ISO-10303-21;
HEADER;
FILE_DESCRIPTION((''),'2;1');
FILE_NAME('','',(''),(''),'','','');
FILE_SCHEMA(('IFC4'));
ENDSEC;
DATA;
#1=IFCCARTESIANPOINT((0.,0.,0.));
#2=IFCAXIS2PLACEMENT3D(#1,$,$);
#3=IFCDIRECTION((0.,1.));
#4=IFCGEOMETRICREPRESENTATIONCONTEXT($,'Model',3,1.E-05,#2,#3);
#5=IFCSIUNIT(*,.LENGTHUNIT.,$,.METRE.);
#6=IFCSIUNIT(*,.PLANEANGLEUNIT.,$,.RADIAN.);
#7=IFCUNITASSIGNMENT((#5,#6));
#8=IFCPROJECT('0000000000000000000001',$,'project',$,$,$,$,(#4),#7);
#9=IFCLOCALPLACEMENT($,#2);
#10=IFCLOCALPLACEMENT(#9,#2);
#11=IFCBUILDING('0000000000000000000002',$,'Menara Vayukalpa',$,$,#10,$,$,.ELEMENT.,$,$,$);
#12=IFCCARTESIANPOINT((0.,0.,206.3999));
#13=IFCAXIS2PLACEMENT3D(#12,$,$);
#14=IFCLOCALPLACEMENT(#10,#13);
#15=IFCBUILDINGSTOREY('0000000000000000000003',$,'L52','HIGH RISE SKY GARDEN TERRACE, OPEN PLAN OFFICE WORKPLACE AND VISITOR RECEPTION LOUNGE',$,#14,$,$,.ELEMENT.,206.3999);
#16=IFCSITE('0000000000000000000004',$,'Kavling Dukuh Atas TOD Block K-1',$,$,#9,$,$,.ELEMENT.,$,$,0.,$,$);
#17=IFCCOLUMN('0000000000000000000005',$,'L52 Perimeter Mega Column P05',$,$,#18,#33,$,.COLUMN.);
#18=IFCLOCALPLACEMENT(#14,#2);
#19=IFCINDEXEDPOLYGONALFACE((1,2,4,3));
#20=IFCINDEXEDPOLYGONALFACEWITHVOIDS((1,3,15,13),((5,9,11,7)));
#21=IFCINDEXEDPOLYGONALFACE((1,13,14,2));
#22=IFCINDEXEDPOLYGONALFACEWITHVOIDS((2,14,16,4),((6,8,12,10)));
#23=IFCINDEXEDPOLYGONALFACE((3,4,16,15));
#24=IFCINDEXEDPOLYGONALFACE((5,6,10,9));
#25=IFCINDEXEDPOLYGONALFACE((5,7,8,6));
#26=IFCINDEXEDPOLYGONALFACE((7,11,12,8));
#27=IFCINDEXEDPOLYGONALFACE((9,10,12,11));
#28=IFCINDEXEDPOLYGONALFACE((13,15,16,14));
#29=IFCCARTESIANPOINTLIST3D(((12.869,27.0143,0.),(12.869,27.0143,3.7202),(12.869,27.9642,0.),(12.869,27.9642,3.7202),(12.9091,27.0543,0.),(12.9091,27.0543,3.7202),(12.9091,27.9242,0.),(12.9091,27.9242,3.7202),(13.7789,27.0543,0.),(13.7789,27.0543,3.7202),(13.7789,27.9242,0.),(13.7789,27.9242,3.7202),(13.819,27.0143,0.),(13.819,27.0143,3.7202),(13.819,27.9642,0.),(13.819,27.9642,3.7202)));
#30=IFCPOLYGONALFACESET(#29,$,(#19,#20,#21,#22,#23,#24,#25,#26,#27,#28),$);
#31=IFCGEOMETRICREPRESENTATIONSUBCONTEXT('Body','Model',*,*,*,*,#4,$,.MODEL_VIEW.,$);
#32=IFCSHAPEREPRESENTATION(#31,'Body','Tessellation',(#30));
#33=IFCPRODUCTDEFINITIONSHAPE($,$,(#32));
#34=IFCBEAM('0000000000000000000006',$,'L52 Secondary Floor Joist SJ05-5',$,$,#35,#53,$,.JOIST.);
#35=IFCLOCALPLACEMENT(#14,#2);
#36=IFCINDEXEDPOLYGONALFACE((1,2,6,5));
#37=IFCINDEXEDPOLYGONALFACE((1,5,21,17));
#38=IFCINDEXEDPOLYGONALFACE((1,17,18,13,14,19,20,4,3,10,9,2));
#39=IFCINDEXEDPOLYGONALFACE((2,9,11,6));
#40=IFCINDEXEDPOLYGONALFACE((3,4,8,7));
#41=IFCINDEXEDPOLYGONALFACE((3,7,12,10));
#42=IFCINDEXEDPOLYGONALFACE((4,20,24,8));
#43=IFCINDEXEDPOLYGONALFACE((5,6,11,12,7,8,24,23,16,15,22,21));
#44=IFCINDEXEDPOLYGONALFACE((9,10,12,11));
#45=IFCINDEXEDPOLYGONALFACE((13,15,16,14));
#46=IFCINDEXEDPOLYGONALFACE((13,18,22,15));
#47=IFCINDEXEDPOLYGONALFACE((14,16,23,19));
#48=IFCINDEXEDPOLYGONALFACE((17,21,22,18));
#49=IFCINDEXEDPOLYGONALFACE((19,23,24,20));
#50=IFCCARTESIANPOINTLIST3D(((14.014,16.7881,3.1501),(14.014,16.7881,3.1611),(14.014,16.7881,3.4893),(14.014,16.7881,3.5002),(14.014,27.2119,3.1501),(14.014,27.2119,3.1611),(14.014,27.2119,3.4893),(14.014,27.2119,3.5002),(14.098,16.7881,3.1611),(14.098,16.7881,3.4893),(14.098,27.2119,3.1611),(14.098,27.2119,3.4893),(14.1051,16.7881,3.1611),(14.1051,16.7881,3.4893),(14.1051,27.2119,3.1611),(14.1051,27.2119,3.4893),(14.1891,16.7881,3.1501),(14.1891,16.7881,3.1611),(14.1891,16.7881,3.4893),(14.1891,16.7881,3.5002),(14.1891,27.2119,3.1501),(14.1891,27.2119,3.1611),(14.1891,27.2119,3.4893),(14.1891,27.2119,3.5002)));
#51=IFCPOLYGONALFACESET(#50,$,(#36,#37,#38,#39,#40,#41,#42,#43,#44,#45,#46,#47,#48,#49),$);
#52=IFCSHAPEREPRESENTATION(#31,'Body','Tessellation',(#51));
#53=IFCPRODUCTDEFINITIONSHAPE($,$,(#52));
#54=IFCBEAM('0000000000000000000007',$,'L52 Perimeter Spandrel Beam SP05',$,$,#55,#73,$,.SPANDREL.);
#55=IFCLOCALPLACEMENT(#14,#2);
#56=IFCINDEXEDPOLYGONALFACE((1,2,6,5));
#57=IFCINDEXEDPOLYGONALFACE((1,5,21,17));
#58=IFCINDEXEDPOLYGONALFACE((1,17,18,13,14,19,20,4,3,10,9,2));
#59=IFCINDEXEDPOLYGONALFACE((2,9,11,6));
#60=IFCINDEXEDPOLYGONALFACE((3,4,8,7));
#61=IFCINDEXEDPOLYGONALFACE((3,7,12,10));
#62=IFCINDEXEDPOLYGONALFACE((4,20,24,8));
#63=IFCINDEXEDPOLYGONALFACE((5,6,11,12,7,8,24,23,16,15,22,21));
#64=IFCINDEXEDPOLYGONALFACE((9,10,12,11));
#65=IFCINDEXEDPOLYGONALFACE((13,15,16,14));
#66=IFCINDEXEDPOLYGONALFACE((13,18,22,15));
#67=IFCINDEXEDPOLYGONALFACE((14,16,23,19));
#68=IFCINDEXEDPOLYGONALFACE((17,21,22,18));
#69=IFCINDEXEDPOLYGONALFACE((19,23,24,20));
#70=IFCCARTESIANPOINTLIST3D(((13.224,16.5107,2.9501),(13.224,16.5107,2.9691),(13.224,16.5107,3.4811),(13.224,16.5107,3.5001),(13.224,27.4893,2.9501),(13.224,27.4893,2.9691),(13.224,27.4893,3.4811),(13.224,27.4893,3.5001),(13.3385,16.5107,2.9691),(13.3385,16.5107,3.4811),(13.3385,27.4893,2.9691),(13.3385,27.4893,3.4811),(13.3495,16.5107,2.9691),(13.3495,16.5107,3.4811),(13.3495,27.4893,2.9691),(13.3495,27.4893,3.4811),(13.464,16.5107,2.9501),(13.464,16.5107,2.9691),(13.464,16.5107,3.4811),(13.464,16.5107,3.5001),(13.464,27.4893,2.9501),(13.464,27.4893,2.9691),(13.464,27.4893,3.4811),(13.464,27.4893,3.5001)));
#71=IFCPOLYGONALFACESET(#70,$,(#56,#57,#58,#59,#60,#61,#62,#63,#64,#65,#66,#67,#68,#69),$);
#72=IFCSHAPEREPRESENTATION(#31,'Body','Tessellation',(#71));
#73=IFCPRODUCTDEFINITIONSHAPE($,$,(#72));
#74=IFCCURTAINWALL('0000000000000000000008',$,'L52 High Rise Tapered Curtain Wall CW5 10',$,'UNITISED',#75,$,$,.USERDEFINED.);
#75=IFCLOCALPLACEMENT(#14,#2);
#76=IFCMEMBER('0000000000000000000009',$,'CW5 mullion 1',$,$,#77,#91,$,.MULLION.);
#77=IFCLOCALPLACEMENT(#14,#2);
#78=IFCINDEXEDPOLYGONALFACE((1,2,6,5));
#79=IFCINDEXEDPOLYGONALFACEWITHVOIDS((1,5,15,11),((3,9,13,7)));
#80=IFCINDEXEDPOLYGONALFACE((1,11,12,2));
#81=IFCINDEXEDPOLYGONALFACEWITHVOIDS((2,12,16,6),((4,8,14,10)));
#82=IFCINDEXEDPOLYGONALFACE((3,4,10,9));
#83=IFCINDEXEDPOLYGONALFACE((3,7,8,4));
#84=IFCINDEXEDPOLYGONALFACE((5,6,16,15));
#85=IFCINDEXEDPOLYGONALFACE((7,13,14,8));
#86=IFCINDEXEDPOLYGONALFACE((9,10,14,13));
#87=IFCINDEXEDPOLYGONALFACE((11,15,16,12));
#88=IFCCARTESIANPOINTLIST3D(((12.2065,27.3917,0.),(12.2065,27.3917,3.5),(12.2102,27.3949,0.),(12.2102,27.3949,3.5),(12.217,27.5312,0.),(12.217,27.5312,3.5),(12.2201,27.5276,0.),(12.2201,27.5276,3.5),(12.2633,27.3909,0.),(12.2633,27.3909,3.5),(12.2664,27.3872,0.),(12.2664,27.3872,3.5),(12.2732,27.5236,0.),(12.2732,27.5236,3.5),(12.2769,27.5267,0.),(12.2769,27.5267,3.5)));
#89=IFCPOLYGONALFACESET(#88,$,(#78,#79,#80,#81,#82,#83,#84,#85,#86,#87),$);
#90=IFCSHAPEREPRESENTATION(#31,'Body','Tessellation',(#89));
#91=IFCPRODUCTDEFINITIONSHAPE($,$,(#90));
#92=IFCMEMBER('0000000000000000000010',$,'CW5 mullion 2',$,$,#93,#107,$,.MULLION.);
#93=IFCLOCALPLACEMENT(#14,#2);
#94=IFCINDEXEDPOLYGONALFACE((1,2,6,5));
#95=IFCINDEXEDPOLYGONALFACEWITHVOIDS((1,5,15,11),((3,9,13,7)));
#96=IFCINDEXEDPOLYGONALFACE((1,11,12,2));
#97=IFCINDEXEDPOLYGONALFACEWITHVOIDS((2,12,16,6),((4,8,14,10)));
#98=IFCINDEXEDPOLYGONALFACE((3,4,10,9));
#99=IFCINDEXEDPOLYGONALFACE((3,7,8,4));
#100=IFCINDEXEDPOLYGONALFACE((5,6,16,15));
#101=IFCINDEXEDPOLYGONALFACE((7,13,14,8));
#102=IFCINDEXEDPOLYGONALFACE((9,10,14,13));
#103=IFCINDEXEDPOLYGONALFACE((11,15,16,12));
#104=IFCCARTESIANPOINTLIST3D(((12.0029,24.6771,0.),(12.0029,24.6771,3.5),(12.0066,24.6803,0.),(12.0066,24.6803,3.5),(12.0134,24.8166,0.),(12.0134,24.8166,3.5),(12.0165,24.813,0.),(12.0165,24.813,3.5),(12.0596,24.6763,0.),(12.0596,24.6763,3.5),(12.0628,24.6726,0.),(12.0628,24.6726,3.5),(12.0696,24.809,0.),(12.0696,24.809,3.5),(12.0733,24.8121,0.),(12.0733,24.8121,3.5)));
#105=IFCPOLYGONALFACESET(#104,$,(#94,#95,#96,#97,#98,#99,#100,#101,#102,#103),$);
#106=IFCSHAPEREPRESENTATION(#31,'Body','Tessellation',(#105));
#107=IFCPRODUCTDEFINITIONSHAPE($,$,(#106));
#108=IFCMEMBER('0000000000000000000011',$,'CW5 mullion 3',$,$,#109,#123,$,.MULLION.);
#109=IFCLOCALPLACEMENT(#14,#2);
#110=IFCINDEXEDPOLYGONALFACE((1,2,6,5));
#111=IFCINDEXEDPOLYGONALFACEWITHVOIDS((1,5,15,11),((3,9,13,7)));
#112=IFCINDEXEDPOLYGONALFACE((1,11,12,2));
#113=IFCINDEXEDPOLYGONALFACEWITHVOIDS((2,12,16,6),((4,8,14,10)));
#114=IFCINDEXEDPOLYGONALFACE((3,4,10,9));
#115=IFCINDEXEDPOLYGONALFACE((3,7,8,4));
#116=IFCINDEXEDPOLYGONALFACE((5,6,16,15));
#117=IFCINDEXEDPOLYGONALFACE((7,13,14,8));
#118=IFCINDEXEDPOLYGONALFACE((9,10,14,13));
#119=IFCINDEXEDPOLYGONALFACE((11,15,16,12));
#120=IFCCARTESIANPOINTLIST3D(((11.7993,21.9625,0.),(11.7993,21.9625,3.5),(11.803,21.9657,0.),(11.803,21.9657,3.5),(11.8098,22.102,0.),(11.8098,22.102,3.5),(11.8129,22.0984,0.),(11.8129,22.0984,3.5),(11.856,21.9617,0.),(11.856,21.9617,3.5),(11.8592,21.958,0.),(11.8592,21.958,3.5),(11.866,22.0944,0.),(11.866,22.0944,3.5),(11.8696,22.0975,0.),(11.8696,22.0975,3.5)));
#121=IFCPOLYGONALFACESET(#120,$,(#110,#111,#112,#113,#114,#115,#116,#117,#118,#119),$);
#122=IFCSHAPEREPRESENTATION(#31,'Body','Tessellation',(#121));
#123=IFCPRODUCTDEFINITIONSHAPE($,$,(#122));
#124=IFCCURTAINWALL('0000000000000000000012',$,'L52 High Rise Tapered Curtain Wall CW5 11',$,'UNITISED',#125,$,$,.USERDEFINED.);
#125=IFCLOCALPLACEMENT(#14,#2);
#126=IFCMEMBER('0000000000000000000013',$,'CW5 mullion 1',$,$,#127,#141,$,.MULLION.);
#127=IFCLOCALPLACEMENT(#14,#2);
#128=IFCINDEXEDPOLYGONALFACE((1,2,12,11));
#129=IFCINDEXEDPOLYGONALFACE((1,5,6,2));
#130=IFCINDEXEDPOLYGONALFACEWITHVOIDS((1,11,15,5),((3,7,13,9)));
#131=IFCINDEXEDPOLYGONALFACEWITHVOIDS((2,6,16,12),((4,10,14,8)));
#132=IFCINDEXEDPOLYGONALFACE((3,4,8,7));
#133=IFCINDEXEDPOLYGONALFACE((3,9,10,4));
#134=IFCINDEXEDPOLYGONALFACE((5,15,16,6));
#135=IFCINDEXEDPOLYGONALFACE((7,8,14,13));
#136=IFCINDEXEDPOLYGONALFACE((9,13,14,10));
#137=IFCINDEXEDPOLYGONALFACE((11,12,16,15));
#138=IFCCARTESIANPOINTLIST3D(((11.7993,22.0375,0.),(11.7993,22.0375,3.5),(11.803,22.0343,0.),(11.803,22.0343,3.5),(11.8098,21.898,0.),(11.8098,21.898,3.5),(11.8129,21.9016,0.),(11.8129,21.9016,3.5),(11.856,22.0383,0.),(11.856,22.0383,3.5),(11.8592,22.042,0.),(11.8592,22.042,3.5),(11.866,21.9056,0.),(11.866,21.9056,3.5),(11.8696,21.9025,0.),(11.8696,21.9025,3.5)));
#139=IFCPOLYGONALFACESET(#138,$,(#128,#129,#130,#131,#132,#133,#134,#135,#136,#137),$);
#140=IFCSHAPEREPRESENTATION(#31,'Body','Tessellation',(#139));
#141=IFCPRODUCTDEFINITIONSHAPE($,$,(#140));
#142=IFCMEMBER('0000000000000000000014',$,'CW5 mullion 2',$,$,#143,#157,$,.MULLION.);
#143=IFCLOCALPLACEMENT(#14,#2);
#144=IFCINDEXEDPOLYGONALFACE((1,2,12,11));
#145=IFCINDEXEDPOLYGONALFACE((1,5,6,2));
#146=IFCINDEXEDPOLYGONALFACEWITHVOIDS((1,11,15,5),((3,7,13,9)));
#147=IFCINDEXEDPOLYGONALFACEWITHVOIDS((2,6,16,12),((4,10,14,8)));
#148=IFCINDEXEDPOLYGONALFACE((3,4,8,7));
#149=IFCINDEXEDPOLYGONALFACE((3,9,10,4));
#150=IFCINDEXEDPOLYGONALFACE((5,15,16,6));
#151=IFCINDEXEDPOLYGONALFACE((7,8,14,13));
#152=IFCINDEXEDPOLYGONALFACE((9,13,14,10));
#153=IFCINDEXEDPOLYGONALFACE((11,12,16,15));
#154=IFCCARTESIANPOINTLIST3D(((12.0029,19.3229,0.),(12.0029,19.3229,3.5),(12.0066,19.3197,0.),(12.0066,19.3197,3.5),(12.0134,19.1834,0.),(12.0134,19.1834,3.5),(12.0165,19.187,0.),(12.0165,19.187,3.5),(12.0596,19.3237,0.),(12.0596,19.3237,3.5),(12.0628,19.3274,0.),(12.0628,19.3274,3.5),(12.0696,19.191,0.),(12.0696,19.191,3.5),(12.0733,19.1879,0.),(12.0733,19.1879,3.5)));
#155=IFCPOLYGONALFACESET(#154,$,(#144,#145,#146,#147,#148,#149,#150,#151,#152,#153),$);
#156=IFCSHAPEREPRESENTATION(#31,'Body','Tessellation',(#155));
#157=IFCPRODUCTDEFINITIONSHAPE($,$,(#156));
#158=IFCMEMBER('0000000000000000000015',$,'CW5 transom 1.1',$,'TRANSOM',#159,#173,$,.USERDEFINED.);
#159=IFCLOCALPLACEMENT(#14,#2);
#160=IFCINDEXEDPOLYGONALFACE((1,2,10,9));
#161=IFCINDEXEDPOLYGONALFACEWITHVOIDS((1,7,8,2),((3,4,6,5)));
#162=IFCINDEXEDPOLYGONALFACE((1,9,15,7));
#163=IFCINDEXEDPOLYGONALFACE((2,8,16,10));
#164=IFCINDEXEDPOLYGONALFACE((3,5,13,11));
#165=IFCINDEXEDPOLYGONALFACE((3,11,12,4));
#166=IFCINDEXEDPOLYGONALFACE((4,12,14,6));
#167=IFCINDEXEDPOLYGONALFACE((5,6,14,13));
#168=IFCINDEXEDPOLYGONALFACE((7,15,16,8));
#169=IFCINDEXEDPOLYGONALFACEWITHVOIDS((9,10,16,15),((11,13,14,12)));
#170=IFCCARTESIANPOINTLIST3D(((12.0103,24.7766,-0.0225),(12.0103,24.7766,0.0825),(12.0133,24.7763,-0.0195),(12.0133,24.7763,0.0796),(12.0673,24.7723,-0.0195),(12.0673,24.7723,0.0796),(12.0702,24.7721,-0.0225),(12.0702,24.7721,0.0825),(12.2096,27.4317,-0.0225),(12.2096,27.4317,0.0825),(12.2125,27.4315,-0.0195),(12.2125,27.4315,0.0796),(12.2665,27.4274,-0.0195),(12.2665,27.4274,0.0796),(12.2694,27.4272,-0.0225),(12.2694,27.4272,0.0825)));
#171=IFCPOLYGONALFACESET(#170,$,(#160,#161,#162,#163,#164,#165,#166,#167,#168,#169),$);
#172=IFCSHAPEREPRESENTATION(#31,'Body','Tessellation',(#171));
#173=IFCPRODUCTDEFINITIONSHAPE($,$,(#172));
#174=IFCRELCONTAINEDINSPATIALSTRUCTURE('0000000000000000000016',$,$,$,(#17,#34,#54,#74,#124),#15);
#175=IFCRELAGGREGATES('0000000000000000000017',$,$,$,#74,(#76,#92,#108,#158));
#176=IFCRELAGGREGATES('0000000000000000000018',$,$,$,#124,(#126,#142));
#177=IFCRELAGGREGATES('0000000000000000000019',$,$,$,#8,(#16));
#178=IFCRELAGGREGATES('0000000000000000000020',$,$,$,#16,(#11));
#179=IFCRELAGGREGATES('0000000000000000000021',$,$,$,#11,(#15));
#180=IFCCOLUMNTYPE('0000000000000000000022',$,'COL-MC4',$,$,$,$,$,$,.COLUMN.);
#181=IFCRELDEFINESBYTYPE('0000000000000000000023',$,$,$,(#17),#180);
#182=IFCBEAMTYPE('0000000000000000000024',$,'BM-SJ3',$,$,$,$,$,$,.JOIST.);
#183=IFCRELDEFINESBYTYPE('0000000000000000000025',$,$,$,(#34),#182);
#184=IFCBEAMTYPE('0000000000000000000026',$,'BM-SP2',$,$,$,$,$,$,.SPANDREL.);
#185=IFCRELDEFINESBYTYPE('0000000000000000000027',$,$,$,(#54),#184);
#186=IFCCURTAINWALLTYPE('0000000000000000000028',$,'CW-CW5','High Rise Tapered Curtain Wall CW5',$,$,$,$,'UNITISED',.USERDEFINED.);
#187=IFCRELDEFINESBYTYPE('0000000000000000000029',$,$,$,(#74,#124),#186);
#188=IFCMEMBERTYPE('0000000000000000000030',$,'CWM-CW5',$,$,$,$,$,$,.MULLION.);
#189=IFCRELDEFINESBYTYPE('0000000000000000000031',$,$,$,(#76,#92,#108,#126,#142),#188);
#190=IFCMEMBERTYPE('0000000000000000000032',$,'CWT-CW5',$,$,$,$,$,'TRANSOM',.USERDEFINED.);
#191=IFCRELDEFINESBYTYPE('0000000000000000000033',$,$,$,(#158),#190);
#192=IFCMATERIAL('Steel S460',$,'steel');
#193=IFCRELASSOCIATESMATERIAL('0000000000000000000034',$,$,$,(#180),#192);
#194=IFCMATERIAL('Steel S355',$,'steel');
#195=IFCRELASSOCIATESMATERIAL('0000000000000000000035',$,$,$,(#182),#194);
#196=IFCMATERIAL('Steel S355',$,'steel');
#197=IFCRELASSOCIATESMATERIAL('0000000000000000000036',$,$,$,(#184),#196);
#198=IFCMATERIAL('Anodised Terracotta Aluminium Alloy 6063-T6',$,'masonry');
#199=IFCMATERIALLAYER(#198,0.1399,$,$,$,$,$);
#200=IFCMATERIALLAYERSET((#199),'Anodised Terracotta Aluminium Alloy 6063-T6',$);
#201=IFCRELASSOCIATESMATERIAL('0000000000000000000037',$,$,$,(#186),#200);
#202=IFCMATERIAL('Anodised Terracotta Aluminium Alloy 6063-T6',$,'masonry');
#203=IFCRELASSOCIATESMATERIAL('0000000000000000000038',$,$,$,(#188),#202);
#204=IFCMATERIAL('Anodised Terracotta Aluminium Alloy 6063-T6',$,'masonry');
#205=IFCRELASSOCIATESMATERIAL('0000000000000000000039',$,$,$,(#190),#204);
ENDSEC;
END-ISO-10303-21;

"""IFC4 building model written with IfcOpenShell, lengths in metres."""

from ifc_helpers import new_model, si_unit, direction, frame, origin, origin_2d, place, context, subcontext, project, spatial, hollow_rectangle, i_section, extrude, material, layer, layer_set, material_profile, profile_set, type_object, element, aggregate, save


model = new_model("IFC4")

# Units and contexts
model_context = context("Model", 3, precision=1e-05, world=origin(), true_north=direction((0.0, 1.0)))
body_context = subcontext(model_context, "Body", "Model", "MODEL_VIEW")
ifc_project = project(units=[si_unit("LENGTHUNIT", "METRE"), si_unit("PLANEANGLEUNIT", "RADIAN")], contexts=[model_context])

# Site, building, storey
site_placement = place(None, origin())
site = spatial("IfcSite", under=ifc_project, at=site_placement, Name="Kavling Dukuh Atas TOD Block K-1", CompositionType="ELEMENT", RefElevation=0.0)
building_placement = place(site_placement, origin())
building = spatial("IfcBuilding", under=site, at=building_placement, Name="Menara Vayukalpa", CompositionType="ELEMENT")
storey_placement = place(building_placement, frame((0.0, 0.0, 206.3999)))
storey = spatial("IfcBuildingStorey", under=building, at=storey_placement, Name="L52", Description="HIGH RISE SKY GARDEN TERRACE, OPEN PLAN OFFICE WORKPLACE AND VISITOR RECEPTION LOUNGE", CompositionType="ELEMENT", Elevation=206.3999)

# Column
ifc_material_1 = material(Name="Steel S460", Category="steel")
ifc_material_profile_1 = material_profile(ifc_material_1, hollow_rectangle(XDim=0.95, YDim=0.95, WallThickness=0.04, at=origin_2d()), Name="BOX 950x950x40")
ifc_profile_set_1 = profile_set([ifc_material_profile_1], Name="Steel S460")
column_type = type_object("IfcColumnType", Name="COL-MC4", PredefinedType="COLUMN", material=ifc_profile_set_1)
column_placement = place(storey_placement, frame((13.344, 27.4893, 0.0), z_axis=(0.0, 0.0, 1.0), x_axis=(1.0, 0.0, 0.0)))
element("IfcColumn", 1, at=column_placement, inside=storey, type_object=column_type, Name="L52 Perimeter Mega Column P05", PredefinedType="COLUMN", context=body_context, shape_type="SweptSolid", body=[
    extrude(hollow_rectangle(XDim=0.95, YDim=0.95, WallThickness=0.04, at=origin_2d()), origin(), (0.0, 0.0, 1.0), 3.7202),
])

# Beams
ifc_material_2 = material(Name="Steel S355", Category="steel")
ifc_material_profile_2 = material_profile(ifc_material_2, i_section(OverallWidth=0.175, OverallDepth=0.3501, WebThickness=0.0071, FlangeThickness=0.011, at=origin_2d()), Name="WF 350x175x7x11")
ifc_profile_set_2 = profile_set([ifc_material_profile_2], Name="Steel S355")
beam_type_1 = type_object("IfcBeamType", Name="BM-SJ3", PredefinedType="JOIST", material=ifc_profile_set_2)
beam_1_placement = place(storey_placement, frame((14.1016, 27.2119, 3.3252), z_axis=(0.0, -1.0, 0.0), x_axis=(1.0, 0.0, 0.0)))
element("IfcBeam", 2, at=beam_1_placement, inside=storey, type_object=beam_type_1, Name="L52 Secondary Floor Joist SJ05-5", PredefinedType="JOIST", context=body_context, shape_type="SweptSolid", body=[
    extrude(i_section(OverallWidth=0.175, OverallDepth=0.3501, WebThickness=0.0071, FlangeThickness=0.011, at=origin_2d()), origin(), (0.0, 0.0, 1.0), 10.4238),
])
ifc_material_3 = material(Name="Steel S355", Category="steel")
ifc_material_profile_3 = material_profile(ifc_material_3, i_section(OverallWidth=0.24, OverallDepth=0.55, WebThickness=0.011, FlangeThickness=0.019, at=origin_2d()), Name="WF 550x240x11x19")
ifc_profile_set_3 = profile_set([ifc_material_profile_3], Name="Steel S355")
beam_type_2 = type_object("IfcBeamType", Name="BM-SP2", PredefinedType="SPANDREL", material=ifc_profile_set_3)
beam_2_placement = place(storey_placement, frame((13.344, 27.4893, 3.2251), z_axis=(0.0, -1.0, 0.0), x_axis=(1.0, 0.0, 0.0)))
element("IfcBeam", 3, at=beam_2_placement, inside=storey, type_object=beam_type_2, Name="L52 Perimeter Spandrel Beam SP05", PredefinedType="SPANDREL", context=body_context, shape_type="SweptSolid", body=[
    extrude(i_section(OverallWidth=0.24, OverallDepth=0.55, WebThickness=0.011, FlangeThickness=0.019, at=origin_2d()), origin(), (0.0, 0.0, 1.0), 10.9785),
])

# Curtain walls, members
ifc_material_4 = material(Name="Anodised Terracotta Aluminium Alloy 6063-T6", Category="masonry")
ifc_layer_1 = layer(ifc_material_4, 0.1399)
ifc_layer_set_1 = layer_set([ifc_layer_1], Name="Anodised Terracotta Aluminium Alloy 6063-T6")
curtain_wall_type = type_object("IfcCurtainWallType", Name="CW-CW5", Description="High Rise Tapered Curtain Wall CW5", ElementType="UNITISED", PredefinedType="USERDEFINED", material=ifc_layer_set_1)
curtain_wall_1_placement = place(storey_placement, origin())
curtain_wall_1 = element("IfcCurtainWall", 4, at=curtain_wall_1_placement, inside=storey, type_object=curtain_wall_type, Name="L52 High Rise Tapered Curtain Wall CW5 10", ObjectType="UNITISED", PredefinedType="USERDEFINED")
ifc_material_5 = material(Name="Anodised Terracotta Aluminium Alloy 6063-T6", Category="masonry")
ifc_material_profile_4 = material_profile(ifc_material_5, hollow_rectangle(XDim=0.0601, YDim=0.1399, WallThickness=0.0034, at=origin_2d()), Name="ALU 60x140x3.5")
ifc_profile_set_4 = profile_set([ifc_material_profile_4], Name="Anodised Terracotta Aluminium Alloy 6063-T6")
member_type_1 = type_object("IfcMemberType", Name="CWM-CW5", PredefinedType="MULLION", material=ifc_profile_set_4)
member_1_placement = place(storey_placement, frame((12.2417, 27.4592, 0.0), z_axis=(0.0, 0.0, 1.0), x_axis=(0.997199, -0.074792, 0.0)))
member_1 = element("IfcMember", 5, at=member_1_placement, type_object=member_type_1, Name="CW5 mullion 1", PredefinedType="MULLION", context=body_context, shape_type="SweptSolid", body=[
    extrude(hollow_rectangle(XDim=0.0601, YDim=0.1399, WallThickness=0.0034, at=origin_2d()), origin(), (0.0, 0.0, 1.0), 3.5),
])
member_2_placement = place(storey_placement, frame((12.0381, 24.7446, 0.0), z_axis=(0.0, 0.0, 1.0), x_axis=(0.997199, -0.074792, 0.0)))
member_2 = element("IfcMember", 6, at=member_2_placement, type_object=member_type_1, Name="CW5 mullion 2", PredefinedType="MULLION", context=body_context, shape_type="SweptSolid", body=[
    extrude(hollow_rectangle(XDim=0.0601, YDim=0.1399, WallThickness=0.0034, at=origin_2d()), origin(), (0.0, 0.0, 1.0), 3.5),
])
member_3_placement = place(storey_placement, frame((11.8345, 22.03, 0.0), z_axis=(0.0, 0.0, 1.0), x_axis=(0.997199, -0.074792, 0.0)))
member_3 = element("IfcMember", 7, at=member_3_placement, type_object=member_type_1, Name="CW5 mullion 3", PredefinedType="MULLION", context=body_context, shape_type="SweptSolid", body=[
    extrude(hollow_rectangle(XDim=0.0601, YDim=0.1399, WallThickness=0.0034, at=origin_2d()), origin(), (0.0, 0.0, 1.0), 3.5),
])
curtain_wall_2_placement = place(storey_placement, origin())
curtain_wall_2 = element("IfcCurtainWall", 8, at=curtain_wall_2_placement, inside=storey, type_object=curtain_wall_type, Name="L52 High Rise Tapered Curtain Wall CW5 11", ObjectType="UNITISED", PredefinedType="USERDEFINED")
member_4_placement = place(storey_placement, frame((11.8345, 21.97, 0.0), z_axis=(0.0, 0.0, 1.0), x_axis=(0.997199, 0.074792, 0.0)))
member_4 = element("IfcMember", 9, at=member_4_placement, type_object=member_type_1, Name="CW5 mullion 1", PredefinedType="MULLION", context=body_context, shape_type="SweptSolid", body=[
    extrude(hollow_rectangle(XDim=0.0601, YDim=0.1399, WallThickness=0.0034, at=origin_2d()), origin(), (0.0, 0.0, 1.0), 3.5),
])
member_5_placement = place(storey_placement, frame((12.0381, 19.2554, 0.0), z_axis=(0.0, 0.0, 1.0), x_axis=(0.997199, 0.074792, 0.0)))
member_5 = element("IfcMember", 10, at=member_5_placement, type_object=member_type_1, Name="CW5 mullion 2", PredefinedType="MULLION", context=body_context, shape_type="SweptSolid", body=[
    extrude(hollow_rectangle(XDim=0.0601, YDim=0.1399, WallThickness=0.0034, at=origin_2d()), origin(), (0.0, 0.0, 1.0), 3.5),
])

# Member
ifc_material_6 = material(Name="Anodised Terracotta Aluminium Alloy 6063-T6", Category="masonry")
ifc_material_profile_5 = material_profile(ifc_material_6, hollow_rectangle(XDim=0.0601, YDim=0.105, WallThickness=0.0029, at=origin_2d()), Name="ALU 60x105x3")
ifc_profile_set_5 = profile_set([ifc_material_profile_5], Name="Anodised Terracotta Aluminium Alloy 6063-T6")
member_type_2 = type_object("IfcMemberType", Name="CWT-CW5", ElementType="TRANSOM", PredefinedType="USERDEFINED", material=ifc_profile_set_5)
member_6_placement = place(storey_placement, frame((12.2395, 27.4294, 0.03), z_axis=(-0.074824, -0.997197, 0.0), x_axis=(0.997197, -0.074824, 0.0)))
member_6 = element("IfcMember", 11, at=member_6_placement, type_object=member_type_2, Name="CW5 transom 1.1", ObjectType="TRANSOM", PredefinedType="USERDEFINED", context=body_context, shape_type="SweptSolid", body=[
    extrude(hollow_rectangle(XDim=0.0601, YDim=0.105, WallThickness=0.0029, at=origin_2d()), origin(), (0.0, 0.0, 1.0), 2.6626),
])

aggregate(curtain_wall_1, [member_1, member_2, member_3, member_6])
aggregate(curtain_wall_2, [member_4, member_5])

save(model, "model.ifc")
